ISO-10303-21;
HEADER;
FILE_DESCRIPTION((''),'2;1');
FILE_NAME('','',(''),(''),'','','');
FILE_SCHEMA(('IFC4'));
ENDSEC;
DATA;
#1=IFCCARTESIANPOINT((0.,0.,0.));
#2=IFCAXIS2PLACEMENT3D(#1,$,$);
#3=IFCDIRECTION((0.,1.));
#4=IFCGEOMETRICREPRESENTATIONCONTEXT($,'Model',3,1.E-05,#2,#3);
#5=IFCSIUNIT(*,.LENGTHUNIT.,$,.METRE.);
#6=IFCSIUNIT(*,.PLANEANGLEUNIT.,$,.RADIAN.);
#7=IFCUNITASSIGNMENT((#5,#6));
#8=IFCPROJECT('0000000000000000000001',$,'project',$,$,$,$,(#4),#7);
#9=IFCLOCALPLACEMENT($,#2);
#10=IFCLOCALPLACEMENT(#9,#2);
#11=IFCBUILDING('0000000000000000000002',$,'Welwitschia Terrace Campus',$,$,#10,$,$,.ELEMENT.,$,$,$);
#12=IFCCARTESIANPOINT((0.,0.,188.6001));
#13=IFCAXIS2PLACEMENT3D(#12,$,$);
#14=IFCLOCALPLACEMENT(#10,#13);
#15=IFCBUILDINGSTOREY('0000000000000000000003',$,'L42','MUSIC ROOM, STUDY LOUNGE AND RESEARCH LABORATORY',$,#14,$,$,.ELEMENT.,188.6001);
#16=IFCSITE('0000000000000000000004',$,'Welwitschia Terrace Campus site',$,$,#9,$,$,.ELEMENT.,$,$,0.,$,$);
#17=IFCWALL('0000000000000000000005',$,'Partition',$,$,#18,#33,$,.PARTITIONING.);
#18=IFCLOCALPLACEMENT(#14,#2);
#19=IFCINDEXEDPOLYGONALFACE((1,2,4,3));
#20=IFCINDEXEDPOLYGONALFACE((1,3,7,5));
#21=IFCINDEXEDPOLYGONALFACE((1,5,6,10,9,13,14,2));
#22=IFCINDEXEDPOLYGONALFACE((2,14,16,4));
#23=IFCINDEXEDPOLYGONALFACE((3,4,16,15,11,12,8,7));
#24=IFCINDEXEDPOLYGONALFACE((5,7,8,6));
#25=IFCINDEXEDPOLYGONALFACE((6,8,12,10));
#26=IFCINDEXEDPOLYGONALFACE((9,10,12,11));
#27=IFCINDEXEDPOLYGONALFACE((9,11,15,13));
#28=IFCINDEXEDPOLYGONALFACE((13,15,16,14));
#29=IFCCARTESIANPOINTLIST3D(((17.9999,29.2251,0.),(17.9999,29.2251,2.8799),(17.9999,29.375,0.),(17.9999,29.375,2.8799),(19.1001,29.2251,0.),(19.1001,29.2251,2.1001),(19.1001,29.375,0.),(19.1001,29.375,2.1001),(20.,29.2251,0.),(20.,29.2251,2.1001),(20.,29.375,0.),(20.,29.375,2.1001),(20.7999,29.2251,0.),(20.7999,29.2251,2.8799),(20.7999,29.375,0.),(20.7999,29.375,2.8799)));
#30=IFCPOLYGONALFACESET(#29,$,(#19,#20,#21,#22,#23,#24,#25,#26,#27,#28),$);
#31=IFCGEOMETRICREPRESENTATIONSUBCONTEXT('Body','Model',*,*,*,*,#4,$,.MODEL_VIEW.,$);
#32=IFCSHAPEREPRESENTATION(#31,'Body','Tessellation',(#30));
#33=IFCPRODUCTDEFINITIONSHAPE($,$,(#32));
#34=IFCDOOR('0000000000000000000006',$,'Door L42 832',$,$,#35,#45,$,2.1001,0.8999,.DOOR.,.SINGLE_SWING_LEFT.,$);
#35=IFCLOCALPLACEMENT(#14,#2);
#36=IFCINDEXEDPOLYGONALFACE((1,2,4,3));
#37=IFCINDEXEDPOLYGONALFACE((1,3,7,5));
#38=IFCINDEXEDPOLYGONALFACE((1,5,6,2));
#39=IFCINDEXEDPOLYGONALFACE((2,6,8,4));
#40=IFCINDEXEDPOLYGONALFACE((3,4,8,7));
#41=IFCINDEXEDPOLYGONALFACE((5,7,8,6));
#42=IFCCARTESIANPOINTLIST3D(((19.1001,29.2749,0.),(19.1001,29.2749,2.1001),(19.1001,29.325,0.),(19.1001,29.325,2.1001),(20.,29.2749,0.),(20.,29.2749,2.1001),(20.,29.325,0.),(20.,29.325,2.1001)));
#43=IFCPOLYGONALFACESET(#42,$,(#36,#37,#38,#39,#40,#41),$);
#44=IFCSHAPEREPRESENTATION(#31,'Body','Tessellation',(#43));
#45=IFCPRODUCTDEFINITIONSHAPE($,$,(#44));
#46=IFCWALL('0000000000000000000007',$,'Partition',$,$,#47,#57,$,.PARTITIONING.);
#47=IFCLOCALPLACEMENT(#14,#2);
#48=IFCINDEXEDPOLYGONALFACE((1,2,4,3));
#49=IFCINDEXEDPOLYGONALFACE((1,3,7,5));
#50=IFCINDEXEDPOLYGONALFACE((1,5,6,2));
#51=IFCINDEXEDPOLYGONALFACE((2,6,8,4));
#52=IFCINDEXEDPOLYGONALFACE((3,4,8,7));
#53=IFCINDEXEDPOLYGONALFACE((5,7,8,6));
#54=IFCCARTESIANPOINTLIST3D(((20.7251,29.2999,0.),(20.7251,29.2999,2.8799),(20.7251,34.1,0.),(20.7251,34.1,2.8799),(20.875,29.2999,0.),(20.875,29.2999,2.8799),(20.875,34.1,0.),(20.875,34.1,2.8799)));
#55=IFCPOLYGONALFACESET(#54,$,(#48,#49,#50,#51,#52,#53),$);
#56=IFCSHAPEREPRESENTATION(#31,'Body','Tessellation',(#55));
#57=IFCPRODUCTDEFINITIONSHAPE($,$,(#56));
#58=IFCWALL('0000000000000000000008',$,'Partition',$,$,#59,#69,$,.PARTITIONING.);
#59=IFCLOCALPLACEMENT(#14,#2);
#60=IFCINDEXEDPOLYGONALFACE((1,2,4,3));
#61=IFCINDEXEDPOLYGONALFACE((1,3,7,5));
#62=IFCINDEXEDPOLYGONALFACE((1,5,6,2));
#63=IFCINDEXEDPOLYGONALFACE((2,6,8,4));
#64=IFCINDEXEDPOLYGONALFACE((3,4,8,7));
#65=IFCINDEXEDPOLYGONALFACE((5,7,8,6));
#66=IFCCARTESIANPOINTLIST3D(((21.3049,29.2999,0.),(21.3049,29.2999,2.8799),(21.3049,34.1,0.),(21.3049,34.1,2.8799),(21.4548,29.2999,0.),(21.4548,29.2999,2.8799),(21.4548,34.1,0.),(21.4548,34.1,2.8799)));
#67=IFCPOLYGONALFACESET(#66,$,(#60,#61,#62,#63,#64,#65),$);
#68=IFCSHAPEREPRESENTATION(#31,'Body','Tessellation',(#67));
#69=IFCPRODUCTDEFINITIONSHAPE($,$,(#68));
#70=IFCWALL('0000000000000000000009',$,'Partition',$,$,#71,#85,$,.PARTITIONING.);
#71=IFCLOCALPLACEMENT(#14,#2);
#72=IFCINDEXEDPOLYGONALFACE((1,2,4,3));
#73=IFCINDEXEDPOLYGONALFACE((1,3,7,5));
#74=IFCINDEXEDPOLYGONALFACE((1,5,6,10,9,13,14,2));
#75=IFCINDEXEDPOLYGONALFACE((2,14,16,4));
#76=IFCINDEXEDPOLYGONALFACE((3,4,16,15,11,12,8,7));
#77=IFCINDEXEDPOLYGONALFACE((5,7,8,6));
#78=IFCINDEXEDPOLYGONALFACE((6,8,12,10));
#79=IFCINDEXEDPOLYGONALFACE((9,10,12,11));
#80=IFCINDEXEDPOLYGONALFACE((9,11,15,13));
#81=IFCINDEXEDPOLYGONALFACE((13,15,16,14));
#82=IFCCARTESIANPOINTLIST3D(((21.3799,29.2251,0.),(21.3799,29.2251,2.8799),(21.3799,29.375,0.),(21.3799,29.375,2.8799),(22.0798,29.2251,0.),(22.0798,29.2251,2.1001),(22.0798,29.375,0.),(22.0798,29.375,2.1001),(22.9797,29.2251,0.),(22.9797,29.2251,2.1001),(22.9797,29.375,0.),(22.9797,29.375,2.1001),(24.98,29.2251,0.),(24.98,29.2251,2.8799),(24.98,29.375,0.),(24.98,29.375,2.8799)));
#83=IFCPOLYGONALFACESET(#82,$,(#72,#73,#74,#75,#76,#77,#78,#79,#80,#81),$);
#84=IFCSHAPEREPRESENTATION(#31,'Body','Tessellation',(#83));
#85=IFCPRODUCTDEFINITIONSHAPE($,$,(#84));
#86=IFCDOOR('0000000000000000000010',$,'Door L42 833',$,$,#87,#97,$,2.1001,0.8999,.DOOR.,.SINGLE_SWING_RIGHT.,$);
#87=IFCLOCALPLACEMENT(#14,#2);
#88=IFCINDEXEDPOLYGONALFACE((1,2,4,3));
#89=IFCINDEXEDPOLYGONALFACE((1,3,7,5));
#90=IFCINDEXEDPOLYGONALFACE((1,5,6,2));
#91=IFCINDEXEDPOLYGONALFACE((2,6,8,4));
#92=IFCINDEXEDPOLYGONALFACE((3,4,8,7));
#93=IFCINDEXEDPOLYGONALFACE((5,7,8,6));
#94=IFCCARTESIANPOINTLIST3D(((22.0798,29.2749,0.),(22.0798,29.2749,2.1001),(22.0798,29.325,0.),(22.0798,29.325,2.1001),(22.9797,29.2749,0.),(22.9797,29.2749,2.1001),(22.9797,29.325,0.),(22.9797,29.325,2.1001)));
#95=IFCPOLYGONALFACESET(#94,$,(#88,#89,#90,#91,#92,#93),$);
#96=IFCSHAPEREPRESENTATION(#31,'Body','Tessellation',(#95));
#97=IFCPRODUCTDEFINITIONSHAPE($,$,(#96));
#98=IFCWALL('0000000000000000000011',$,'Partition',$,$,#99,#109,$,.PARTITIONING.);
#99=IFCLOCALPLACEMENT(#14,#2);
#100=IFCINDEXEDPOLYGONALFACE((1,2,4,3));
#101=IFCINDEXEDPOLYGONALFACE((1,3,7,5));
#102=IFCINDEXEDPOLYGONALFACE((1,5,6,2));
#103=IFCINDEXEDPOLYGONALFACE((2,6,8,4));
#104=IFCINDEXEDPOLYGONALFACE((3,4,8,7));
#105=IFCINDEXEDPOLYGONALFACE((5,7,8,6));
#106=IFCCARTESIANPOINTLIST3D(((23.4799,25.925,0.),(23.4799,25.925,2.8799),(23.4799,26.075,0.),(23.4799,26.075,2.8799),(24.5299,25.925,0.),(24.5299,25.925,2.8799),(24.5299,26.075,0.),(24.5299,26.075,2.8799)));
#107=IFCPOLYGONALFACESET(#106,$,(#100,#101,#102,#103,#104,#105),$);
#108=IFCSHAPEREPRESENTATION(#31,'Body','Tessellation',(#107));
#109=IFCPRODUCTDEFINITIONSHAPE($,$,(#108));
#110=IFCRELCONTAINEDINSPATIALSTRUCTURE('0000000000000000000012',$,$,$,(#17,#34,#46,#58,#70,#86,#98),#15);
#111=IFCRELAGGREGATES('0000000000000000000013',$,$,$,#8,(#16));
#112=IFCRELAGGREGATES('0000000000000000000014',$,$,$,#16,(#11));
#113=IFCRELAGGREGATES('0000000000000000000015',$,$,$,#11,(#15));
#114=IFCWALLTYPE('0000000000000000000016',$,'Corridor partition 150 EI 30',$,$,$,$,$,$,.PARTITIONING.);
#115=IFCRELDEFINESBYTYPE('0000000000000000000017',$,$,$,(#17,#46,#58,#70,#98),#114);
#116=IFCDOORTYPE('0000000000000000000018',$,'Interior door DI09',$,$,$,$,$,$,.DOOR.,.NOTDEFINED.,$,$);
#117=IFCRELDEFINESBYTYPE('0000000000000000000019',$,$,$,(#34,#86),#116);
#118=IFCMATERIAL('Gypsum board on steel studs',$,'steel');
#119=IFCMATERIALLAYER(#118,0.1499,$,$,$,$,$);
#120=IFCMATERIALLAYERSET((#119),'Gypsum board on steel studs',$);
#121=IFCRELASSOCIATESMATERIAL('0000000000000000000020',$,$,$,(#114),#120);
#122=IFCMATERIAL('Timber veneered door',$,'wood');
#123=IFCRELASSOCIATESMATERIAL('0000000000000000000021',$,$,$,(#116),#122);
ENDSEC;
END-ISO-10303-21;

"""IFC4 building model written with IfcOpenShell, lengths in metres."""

from ifc_helpers import new_model, si_unit, direction, frame, frame_2d, origin, place, context, subcontext, project, spatial, rectangle, extrude, material, layer, layer_set, type_object, element, fill, save


model = new_model("IFC4")

# Units and contexts
model_context = context("Model", 3, precision=1e-05, world=origin(), true_north=direction((0.0, 1.0)))
body_context = subcontext(model_context, "Body", "Model", "MODEL_VIEW")
ifc_project = project(units=[si_unit("LENGTHUNIT", "METRE"), si_unit("PLANEANGLEUNIT", "RADIAN")], contexts=[model_context])

# Site, building, storey
site_placement = place(None, origin())
site = spatial("IfcSite", under=ifc_project, at=site_placement, Name="Welwitschia Terrace Campus site", CompositionType="ELEMENT", RefElevation=0.0)
building_placement = place(site_placement, origin())
building = spatial("IfcBuilding", under=site, at=building_placement, Name="Welwitschia Terrace Campus", CompositionType="ELEMENT")
storey_placement = place(building_placement, frame((0.0, 0.0, 188.6001)))
storey = spatial("IfcBuildingStorey", under=building, at=storey_placement, Name="L42", Description="MUSIC ROOM, STUDY LOUNGE AND RESEARCH LABORATORY", CompositionType="ELEMENT", Elevation=188.6001)

# Shared definitions
ifc_material_1 = material(Name="Gypsum board on steel studs", Category="steel")
ifc_layer_1 = layer(ifc_material_1, 0.1499)
ifc_layer_set_1 = layer_set([ifc_layer_1], Name="Gypsum board on steel studs")
wall_type_1 = type_object("IfcWallType", Name="Corridor partition 150 EI 30", PredefinedType="PARTITIONING", material=ifc_layer_set_1)

# Shared definitions
ifc_material_2 = material(Name="Timber veneered door", Category="wood")
door_type = type_object("IfcDoorType", Name="Interior door DI09", OperationType="NOTDEFINED", PredefinedType="DOOR", material=ifc_material_2)

# Wall, opening, door
wall_1_placement = place(storey_placement, frame((18.0, 29.3, 0.0), z_axis=(0.0, 0.0, 1.0), x_axis=(1.0, 0.0, 0.0)))
wall_1 = element("IfcWall", 1, at=wall_1_placement, inside=storey, type_object=wall_type_1, Name="Partition", PredefinedType="PARTITIONING", context=body_context, shape_type="SweptSolid", body=[
    extrude(rectangle(XDim=2.8, YDim=0.1499, at=frame_2d((1.3999, 0.0))), origin(), (0.0, 0.0, 1.0), 2.8799),
])
opening_1_placement = place(wall_1_placement, frame((1.1001, 0.0, 0.0)))
opening_1 = element("IfcOpeningElement", 2, at=opening_1_placement, cuts=wall_1, PredefinedType="OPENING", context=body_context, shape_type="SweptSolid", body=[
    extrude(rectangle(XDim=0.8999, YDim=2.1001, at=frame_2d((0.45, 1.05))), frame((0.0, 0.085, 0.0), z_axis=(0.0, -1.0, 0.0), x_axis=(1.0, 0.0, 0.0)), (0.0, 0.0, 1.0), 0.1699),
])
door_1_placement = place(opening_1_placement, origin())
door_1 = element("IfcDoor", 3, at=door_1_placement, inside=storey, type_object=door_type, Name="Door L42 832", OperationType="SINGLE_SWING_LEFT", OverallHeight=2.1001, OverallWidth=0.8999, PredefinedType="DOOR", context=body_context, shape_type="SweptSolid", body=[
    extrude(rectangle(XDim=0.8999, YDim=2.1001, at=frame_2d((0.45, 1.05))), frame((0.0, 0.0249, 0.0), z_axis=(0.0, -1.0, 0.0), x_axis=(1.0, 0.0, 0.0)), (0.0, 0.0, 1.0), 0.05),
])
fill(opening_1, door_1)

# Walls
for number, where, z_axis, x_axis, name in (
    (4, (20.8, 29.3, 0.0), (0.0, 0.0, 1.0), (0.0, 1.0, 0.0), "Partition"),
    (5, (21.3799, 29.3, 0.0), (0.0, 0.0, 1.0), (0.0, 1.0, 0.0), "Partition"),
):
    element("IfcWall", number, at=place(storey_placement, frame(where, z_axis=z_axis, x_axis=x_axis)), inside=storey, type_object=wall_type_1, Name=name, PredefinedType="PARTITIONING", context=body_context, shape_type="SweptSolid", body=[
        extrude(rectangle(XDim=4.8, YDim=0.1499, at=frame_2d((2.3999, 0.0))), origin(), (0.0, 0.0, 1.0), 2.8799),
    ])

# Wall, opening, door
wall_2_placement = place(storey_placement, frame((21.3799, 29.3, 0.0), z_axis=(0.0, 0.0, 1.0), x_axis=(1.0, 0.0, 0.0)))
wall_2 = element("IfcWall", 6, at=wall_2_placement, inside=storey, type_object=wall_type_1, Name="Partition", PredefinedType="PARTITIONING", context=body_context, shape_type="SweptSolid", body=[
    extrude(rectangle(XDim=3.6001, YDim=0.1499, at=frame_2d((1.8, 0.0))), origin(), (0.0, 0.0, 1.0), 2.8799),
])
opening_2_placement = place(wall_2_placement, frame((0.7, 0.0, 0.0)))
opening_2 = element("IfcOpeningElement", 7, at=opening_2_placement, cuts=wall_2, PredefinedType="OPENING", context=body_context, shape_type="SweptSolid", body=[
    extrude(rectangle(XDim=0.8999, YDim=2.1001, at=frame_2d((0.45, 1.05))), frame((0.0, 0.085, 0.0), z_axis=(0.0, -1.0, 0.0), x_axis=(1.0, 0.0, 0.0)), (0.0, 0.0, 1.0), 0.1699),
])
door_2_placement = place(opening_2_placement, origin())
door_2 = element("IfcDoor", 8, at=door_2_placement, inside=storey, type_object=door_type, Name="Door L42 833", OperationType="SINGLE_SWING_RIGHT", OverallHeight=2.1001, OverallWidth=0.8999, PredefinedType="DOOR", context=body_context, shape_type="SweptSolid", body=[
    extrude(rectangle(XDim=0.8999, YDim=2.1001, at=frame_2d((0.45, 1.05))), frame((0.0, 0.0249, 0.0), z_axis=(0.0, -1.0, 0.0), x_axis=(1.0, 0.0, 0.0)), (0.0, 0.0, 1.0), 0.05),
])
fill(opening_2, door_2)

# Wall
wall_3_placement = place(storey_placement, frame((23.48, 26.0, 0.0), z_axis=(0.0, 0.0, 1.0), x_axis=(1.0, 0.0, 0.0)))
element("IfcWall", 9, at=wall_3_placement, inside=storey, type_object=wall_type_1, Name="Partition", PredefinedType="PARTITIONING", context=body_context, shape_type="SweptSolid", body=[
    extrude(rectangle(XDim=1.05, YDim=0.1499, at=frame_2d((0.5249, 0.0))), origin(), (0.0, 0.0, 1.0), 2.8799),
])

save(model, "model.ifc")
